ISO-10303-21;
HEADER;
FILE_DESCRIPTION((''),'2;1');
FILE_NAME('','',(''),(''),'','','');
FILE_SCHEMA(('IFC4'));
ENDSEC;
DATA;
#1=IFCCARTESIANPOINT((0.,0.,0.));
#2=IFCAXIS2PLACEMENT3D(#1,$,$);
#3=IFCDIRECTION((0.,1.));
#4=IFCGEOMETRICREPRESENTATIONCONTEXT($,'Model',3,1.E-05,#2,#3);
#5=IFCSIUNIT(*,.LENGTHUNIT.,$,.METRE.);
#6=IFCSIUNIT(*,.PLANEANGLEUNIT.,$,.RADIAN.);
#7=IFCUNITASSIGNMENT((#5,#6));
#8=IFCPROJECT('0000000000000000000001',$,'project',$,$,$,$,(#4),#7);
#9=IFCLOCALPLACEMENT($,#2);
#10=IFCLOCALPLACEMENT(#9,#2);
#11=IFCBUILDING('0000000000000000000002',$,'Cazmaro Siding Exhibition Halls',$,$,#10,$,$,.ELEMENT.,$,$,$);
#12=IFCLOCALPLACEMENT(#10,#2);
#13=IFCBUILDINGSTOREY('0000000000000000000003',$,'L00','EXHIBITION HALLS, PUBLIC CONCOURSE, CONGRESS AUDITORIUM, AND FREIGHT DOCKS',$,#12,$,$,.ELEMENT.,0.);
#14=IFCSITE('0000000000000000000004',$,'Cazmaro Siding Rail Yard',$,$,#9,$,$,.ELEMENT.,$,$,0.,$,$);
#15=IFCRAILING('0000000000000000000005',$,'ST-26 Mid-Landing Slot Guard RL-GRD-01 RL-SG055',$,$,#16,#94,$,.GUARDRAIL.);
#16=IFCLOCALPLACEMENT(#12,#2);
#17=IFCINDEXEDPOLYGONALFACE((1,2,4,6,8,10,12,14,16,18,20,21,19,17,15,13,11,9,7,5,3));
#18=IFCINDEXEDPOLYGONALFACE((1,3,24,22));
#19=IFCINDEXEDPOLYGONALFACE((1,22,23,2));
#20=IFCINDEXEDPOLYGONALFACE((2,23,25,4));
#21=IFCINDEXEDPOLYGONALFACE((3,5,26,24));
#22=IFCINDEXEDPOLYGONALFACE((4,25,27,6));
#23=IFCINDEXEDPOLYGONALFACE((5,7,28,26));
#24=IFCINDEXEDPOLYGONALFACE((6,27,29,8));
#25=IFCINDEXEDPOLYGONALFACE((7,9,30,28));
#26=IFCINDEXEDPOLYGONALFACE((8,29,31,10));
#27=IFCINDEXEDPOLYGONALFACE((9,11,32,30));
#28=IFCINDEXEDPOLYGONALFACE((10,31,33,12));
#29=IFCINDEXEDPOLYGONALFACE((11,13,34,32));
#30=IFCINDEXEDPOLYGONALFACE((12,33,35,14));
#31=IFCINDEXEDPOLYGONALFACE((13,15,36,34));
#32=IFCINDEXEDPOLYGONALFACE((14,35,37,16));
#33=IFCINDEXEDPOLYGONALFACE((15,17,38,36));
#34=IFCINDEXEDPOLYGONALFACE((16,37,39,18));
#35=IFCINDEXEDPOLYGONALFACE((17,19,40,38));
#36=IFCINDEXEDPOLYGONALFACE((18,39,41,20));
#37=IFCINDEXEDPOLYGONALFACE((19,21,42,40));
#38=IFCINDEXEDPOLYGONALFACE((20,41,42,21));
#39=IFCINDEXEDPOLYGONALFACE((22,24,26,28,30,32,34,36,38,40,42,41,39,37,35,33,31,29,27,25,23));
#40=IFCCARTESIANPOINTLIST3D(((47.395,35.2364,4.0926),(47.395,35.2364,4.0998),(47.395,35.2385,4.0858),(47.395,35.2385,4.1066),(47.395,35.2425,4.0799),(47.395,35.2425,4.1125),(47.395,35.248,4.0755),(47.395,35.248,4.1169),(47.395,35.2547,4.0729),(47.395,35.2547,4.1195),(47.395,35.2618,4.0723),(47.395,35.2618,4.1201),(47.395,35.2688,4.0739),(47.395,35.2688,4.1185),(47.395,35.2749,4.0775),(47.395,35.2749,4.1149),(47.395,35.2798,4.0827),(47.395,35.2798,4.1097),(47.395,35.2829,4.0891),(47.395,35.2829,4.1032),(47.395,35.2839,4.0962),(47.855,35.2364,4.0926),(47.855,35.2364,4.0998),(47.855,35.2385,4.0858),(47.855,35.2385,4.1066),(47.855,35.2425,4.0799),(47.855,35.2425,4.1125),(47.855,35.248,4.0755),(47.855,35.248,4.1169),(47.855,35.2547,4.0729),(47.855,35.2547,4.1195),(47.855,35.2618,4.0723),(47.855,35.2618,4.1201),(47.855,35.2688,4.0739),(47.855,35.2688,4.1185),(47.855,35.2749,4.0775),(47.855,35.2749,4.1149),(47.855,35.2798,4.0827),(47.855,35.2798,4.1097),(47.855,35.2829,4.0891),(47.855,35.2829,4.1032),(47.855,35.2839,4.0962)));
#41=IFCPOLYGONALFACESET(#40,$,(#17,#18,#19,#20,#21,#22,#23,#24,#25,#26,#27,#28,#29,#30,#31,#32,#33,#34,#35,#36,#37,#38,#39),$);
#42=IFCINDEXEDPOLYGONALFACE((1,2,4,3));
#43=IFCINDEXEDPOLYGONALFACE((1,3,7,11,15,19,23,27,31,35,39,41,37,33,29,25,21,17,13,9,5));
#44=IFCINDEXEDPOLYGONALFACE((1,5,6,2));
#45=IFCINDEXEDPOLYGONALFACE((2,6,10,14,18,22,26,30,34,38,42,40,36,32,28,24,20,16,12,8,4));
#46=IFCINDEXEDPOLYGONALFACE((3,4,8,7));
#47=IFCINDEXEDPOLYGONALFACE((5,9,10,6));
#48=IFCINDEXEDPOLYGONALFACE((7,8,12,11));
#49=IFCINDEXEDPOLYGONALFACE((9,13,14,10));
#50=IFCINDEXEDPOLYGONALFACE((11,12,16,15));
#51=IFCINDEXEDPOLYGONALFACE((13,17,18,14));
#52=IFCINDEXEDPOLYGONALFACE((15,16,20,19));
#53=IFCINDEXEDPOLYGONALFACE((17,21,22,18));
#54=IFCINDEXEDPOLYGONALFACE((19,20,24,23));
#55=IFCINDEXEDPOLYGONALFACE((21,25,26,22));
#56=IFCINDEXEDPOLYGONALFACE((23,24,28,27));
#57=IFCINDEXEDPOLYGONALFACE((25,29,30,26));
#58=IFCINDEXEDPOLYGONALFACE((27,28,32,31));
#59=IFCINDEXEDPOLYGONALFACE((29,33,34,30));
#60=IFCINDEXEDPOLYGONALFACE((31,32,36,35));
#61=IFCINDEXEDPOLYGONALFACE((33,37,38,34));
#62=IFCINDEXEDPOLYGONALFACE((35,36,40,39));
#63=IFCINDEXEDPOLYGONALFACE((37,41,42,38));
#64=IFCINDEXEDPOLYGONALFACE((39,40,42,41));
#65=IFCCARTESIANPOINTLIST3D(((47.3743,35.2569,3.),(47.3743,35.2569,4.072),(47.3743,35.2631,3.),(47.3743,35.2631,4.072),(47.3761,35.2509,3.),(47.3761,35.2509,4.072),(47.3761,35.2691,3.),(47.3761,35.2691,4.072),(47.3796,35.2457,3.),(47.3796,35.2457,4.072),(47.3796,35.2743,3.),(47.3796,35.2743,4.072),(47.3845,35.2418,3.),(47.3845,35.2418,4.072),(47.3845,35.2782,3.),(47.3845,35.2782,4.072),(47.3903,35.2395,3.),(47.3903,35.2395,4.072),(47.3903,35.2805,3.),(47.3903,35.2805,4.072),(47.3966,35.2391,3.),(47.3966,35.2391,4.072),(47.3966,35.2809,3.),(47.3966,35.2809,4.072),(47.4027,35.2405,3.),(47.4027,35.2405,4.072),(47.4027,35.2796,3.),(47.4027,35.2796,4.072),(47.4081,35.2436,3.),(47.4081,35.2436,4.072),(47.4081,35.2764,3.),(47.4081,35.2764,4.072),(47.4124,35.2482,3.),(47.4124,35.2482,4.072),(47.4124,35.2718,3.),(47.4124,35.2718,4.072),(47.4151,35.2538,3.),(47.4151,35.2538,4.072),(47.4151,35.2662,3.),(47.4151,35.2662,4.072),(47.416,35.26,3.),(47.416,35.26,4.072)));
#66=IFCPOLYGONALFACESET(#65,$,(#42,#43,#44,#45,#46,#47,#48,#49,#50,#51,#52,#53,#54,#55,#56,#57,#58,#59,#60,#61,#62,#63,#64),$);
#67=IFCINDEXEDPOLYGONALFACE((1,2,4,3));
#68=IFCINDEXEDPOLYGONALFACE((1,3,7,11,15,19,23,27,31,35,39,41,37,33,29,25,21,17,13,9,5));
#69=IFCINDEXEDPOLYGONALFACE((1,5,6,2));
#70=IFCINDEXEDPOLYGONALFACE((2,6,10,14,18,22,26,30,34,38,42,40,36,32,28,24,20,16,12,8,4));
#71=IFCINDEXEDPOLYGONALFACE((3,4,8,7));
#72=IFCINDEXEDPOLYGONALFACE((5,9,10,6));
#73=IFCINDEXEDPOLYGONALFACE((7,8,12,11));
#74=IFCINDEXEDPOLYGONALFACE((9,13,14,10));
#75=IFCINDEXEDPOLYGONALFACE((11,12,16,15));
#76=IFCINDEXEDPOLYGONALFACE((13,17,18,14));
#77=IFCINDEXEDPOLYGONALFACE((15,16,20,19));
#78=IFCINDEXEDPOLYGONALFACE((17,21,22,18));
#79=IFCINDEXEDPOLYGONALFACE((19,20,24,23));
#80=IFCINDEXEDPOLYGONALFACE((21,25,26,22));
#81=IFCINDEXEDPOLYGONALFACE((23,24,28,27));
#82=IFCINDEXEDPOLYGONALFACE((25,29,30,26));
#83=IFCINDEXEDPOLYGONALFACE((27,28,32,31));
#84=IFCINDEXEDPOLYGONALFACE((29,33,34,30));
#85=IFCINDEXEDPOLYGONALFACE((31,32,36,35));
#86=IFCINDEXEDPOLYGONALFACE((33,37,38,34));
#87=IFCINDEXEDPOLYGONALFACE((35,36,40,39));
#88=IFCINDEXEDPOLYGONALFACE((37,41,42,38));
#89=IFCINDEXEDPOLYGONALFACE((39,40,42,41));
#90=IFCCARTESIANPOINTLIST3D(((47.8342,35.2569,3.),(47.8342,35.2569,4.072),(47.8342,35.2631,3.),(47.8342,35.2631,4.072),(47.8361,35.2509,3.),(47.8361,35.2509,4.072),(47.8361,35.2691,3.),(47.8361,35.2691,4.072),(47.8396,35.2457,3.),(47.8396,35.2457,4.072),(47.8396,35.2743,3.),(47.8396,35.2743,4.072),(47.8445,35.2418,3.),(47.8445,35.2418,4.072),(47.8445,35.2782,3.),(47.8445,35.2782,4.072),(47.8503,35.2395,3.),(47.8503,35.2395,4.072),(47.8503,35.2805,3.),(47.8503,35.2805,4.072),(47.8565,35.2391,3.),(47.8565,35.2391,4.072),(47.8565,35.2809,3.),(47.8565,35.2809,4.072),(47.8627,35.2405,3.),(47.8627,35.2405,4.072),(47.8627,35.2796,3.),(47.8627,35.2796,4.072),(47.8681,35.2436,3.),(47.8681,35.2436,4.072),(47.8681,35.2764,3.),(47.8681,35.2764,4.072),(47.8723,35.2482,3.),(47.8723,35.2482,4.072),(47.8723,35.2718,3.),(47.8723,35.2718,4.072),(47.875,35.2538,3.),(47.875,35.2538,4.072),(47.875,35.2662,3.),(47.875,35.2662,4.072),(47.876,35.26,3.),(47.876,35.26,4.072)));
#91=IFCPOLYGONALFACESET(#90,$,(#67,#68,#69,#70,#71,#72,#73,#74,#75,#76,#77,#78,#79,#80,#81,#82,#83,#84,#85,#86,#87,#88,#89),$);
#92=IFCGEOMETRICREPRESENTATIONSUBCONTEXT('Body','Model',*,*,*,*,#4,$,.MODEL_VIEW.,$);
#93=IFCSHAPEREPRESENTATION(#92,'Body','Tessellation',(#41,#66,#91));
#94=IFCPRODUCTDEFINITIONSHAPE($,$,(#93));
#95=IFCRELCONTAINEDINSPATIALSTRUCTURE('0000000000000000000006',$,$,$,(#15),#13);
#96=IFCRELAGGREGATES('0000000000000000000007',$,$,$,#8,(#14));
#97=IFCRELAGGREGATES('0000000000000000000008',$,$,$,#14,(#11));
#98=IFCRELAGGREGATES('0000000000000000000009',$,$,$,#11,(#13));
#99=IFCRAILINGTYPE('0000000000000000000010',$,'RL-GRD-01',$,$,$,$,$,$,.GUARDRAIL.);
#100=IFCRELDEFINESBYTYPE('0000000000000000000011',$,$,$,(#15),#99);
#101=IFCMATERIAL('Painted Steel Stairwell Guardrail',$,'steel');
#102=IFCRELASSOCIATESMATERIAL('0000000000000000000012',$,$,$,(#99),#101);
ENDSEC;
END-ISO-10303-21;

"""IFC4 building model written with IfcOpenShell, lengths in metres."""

from ifc_helpers import new_model, si_unit, direction, frame, origin, origin_2d, place, context, subcontext, project, spatial, circle, extrude, material, type_object, element, save


model = new_model("IFC4")

# Units and contexts
model_context = context("Model", 3, precision=1e-05, world=origin(), true_north=direction((0.0, 1.0)))
body_context = subcontext(model_context, "Body", "Model", "MODEL_VIEW")
ifc_project = project(units=[si_unit("LENGTHUNIT", "METRE"), si_unit("PLANEANGLEUNIT", "RADIAN")], contexts=[model_context])

# Site, building, storey
site_placement = place(None, origin())
site = spatial("IfcSite", under=ifc_project, at=site_placement, Name="Cazmaro Siding Rail Yard", CompositionType="ELEMENT", RefElevation=0.0)
building_placement = place(site_placement, origin())
building = spatial("IfcBuilding", under=site, at=building_placement, Name="Cazmaro Siding Exhibition Halls", CompositionType="ELEMENT")
storey_placement = place(building_placement, origin())
storey = spatial("IfcBuildingStorey", under=building, at=storey_placement, Name="L00", Description="EXHIBITION HALLS, PUBLIC CONCOURSE, CONGRESS AUDITORIUM, AND FREIGHT DOCKS", CompositionType="ELEMENT", Elevation=0.0)

# Railing
ifc_material_1 = material(Name="Painted Steel Stairwell Guardrail", Category="steel")
railing_type_1 = type_object("IfcRailingType", Name="RL-GRD-01", PredefinedType="GUARDRAIL", material=ifc_material_1)
railing_1_placement = place(storey_placement, frame((47.395, 35.26, 3.0)))
element("IfcRailing", 1, at=railing_1_placement, inside=storey, type_object=railing_type_1, Name="ST-26 Mid-Landing Slot Guard RL-GRD-01 RL-SG055", PredefinedType="GUARDRAIL", context=body_context, shape_type="SweptSolid", body=[
    extrude(circle(Radius=0.0239, at=origin_2d()), frame((0.0, 0.0, 1.0962), z_axis=(1.0, 0.0, 0.0), x_axis=(0.0, 1.0, 0.0)), (0.0, 0.0, 1.0), 0.46),
    extrude(circle(Radius=0.021, at=origin_2d()), origin(), (0.0, 0.0, 1.0), 1.072),
    extrude(circle(Radius=0.021, at=origin_2d()), frame((0.46, 0.0, 0.0)), (0.0, 0.0, 1.0), 1.072),
])

save(model, "model.ifc")
